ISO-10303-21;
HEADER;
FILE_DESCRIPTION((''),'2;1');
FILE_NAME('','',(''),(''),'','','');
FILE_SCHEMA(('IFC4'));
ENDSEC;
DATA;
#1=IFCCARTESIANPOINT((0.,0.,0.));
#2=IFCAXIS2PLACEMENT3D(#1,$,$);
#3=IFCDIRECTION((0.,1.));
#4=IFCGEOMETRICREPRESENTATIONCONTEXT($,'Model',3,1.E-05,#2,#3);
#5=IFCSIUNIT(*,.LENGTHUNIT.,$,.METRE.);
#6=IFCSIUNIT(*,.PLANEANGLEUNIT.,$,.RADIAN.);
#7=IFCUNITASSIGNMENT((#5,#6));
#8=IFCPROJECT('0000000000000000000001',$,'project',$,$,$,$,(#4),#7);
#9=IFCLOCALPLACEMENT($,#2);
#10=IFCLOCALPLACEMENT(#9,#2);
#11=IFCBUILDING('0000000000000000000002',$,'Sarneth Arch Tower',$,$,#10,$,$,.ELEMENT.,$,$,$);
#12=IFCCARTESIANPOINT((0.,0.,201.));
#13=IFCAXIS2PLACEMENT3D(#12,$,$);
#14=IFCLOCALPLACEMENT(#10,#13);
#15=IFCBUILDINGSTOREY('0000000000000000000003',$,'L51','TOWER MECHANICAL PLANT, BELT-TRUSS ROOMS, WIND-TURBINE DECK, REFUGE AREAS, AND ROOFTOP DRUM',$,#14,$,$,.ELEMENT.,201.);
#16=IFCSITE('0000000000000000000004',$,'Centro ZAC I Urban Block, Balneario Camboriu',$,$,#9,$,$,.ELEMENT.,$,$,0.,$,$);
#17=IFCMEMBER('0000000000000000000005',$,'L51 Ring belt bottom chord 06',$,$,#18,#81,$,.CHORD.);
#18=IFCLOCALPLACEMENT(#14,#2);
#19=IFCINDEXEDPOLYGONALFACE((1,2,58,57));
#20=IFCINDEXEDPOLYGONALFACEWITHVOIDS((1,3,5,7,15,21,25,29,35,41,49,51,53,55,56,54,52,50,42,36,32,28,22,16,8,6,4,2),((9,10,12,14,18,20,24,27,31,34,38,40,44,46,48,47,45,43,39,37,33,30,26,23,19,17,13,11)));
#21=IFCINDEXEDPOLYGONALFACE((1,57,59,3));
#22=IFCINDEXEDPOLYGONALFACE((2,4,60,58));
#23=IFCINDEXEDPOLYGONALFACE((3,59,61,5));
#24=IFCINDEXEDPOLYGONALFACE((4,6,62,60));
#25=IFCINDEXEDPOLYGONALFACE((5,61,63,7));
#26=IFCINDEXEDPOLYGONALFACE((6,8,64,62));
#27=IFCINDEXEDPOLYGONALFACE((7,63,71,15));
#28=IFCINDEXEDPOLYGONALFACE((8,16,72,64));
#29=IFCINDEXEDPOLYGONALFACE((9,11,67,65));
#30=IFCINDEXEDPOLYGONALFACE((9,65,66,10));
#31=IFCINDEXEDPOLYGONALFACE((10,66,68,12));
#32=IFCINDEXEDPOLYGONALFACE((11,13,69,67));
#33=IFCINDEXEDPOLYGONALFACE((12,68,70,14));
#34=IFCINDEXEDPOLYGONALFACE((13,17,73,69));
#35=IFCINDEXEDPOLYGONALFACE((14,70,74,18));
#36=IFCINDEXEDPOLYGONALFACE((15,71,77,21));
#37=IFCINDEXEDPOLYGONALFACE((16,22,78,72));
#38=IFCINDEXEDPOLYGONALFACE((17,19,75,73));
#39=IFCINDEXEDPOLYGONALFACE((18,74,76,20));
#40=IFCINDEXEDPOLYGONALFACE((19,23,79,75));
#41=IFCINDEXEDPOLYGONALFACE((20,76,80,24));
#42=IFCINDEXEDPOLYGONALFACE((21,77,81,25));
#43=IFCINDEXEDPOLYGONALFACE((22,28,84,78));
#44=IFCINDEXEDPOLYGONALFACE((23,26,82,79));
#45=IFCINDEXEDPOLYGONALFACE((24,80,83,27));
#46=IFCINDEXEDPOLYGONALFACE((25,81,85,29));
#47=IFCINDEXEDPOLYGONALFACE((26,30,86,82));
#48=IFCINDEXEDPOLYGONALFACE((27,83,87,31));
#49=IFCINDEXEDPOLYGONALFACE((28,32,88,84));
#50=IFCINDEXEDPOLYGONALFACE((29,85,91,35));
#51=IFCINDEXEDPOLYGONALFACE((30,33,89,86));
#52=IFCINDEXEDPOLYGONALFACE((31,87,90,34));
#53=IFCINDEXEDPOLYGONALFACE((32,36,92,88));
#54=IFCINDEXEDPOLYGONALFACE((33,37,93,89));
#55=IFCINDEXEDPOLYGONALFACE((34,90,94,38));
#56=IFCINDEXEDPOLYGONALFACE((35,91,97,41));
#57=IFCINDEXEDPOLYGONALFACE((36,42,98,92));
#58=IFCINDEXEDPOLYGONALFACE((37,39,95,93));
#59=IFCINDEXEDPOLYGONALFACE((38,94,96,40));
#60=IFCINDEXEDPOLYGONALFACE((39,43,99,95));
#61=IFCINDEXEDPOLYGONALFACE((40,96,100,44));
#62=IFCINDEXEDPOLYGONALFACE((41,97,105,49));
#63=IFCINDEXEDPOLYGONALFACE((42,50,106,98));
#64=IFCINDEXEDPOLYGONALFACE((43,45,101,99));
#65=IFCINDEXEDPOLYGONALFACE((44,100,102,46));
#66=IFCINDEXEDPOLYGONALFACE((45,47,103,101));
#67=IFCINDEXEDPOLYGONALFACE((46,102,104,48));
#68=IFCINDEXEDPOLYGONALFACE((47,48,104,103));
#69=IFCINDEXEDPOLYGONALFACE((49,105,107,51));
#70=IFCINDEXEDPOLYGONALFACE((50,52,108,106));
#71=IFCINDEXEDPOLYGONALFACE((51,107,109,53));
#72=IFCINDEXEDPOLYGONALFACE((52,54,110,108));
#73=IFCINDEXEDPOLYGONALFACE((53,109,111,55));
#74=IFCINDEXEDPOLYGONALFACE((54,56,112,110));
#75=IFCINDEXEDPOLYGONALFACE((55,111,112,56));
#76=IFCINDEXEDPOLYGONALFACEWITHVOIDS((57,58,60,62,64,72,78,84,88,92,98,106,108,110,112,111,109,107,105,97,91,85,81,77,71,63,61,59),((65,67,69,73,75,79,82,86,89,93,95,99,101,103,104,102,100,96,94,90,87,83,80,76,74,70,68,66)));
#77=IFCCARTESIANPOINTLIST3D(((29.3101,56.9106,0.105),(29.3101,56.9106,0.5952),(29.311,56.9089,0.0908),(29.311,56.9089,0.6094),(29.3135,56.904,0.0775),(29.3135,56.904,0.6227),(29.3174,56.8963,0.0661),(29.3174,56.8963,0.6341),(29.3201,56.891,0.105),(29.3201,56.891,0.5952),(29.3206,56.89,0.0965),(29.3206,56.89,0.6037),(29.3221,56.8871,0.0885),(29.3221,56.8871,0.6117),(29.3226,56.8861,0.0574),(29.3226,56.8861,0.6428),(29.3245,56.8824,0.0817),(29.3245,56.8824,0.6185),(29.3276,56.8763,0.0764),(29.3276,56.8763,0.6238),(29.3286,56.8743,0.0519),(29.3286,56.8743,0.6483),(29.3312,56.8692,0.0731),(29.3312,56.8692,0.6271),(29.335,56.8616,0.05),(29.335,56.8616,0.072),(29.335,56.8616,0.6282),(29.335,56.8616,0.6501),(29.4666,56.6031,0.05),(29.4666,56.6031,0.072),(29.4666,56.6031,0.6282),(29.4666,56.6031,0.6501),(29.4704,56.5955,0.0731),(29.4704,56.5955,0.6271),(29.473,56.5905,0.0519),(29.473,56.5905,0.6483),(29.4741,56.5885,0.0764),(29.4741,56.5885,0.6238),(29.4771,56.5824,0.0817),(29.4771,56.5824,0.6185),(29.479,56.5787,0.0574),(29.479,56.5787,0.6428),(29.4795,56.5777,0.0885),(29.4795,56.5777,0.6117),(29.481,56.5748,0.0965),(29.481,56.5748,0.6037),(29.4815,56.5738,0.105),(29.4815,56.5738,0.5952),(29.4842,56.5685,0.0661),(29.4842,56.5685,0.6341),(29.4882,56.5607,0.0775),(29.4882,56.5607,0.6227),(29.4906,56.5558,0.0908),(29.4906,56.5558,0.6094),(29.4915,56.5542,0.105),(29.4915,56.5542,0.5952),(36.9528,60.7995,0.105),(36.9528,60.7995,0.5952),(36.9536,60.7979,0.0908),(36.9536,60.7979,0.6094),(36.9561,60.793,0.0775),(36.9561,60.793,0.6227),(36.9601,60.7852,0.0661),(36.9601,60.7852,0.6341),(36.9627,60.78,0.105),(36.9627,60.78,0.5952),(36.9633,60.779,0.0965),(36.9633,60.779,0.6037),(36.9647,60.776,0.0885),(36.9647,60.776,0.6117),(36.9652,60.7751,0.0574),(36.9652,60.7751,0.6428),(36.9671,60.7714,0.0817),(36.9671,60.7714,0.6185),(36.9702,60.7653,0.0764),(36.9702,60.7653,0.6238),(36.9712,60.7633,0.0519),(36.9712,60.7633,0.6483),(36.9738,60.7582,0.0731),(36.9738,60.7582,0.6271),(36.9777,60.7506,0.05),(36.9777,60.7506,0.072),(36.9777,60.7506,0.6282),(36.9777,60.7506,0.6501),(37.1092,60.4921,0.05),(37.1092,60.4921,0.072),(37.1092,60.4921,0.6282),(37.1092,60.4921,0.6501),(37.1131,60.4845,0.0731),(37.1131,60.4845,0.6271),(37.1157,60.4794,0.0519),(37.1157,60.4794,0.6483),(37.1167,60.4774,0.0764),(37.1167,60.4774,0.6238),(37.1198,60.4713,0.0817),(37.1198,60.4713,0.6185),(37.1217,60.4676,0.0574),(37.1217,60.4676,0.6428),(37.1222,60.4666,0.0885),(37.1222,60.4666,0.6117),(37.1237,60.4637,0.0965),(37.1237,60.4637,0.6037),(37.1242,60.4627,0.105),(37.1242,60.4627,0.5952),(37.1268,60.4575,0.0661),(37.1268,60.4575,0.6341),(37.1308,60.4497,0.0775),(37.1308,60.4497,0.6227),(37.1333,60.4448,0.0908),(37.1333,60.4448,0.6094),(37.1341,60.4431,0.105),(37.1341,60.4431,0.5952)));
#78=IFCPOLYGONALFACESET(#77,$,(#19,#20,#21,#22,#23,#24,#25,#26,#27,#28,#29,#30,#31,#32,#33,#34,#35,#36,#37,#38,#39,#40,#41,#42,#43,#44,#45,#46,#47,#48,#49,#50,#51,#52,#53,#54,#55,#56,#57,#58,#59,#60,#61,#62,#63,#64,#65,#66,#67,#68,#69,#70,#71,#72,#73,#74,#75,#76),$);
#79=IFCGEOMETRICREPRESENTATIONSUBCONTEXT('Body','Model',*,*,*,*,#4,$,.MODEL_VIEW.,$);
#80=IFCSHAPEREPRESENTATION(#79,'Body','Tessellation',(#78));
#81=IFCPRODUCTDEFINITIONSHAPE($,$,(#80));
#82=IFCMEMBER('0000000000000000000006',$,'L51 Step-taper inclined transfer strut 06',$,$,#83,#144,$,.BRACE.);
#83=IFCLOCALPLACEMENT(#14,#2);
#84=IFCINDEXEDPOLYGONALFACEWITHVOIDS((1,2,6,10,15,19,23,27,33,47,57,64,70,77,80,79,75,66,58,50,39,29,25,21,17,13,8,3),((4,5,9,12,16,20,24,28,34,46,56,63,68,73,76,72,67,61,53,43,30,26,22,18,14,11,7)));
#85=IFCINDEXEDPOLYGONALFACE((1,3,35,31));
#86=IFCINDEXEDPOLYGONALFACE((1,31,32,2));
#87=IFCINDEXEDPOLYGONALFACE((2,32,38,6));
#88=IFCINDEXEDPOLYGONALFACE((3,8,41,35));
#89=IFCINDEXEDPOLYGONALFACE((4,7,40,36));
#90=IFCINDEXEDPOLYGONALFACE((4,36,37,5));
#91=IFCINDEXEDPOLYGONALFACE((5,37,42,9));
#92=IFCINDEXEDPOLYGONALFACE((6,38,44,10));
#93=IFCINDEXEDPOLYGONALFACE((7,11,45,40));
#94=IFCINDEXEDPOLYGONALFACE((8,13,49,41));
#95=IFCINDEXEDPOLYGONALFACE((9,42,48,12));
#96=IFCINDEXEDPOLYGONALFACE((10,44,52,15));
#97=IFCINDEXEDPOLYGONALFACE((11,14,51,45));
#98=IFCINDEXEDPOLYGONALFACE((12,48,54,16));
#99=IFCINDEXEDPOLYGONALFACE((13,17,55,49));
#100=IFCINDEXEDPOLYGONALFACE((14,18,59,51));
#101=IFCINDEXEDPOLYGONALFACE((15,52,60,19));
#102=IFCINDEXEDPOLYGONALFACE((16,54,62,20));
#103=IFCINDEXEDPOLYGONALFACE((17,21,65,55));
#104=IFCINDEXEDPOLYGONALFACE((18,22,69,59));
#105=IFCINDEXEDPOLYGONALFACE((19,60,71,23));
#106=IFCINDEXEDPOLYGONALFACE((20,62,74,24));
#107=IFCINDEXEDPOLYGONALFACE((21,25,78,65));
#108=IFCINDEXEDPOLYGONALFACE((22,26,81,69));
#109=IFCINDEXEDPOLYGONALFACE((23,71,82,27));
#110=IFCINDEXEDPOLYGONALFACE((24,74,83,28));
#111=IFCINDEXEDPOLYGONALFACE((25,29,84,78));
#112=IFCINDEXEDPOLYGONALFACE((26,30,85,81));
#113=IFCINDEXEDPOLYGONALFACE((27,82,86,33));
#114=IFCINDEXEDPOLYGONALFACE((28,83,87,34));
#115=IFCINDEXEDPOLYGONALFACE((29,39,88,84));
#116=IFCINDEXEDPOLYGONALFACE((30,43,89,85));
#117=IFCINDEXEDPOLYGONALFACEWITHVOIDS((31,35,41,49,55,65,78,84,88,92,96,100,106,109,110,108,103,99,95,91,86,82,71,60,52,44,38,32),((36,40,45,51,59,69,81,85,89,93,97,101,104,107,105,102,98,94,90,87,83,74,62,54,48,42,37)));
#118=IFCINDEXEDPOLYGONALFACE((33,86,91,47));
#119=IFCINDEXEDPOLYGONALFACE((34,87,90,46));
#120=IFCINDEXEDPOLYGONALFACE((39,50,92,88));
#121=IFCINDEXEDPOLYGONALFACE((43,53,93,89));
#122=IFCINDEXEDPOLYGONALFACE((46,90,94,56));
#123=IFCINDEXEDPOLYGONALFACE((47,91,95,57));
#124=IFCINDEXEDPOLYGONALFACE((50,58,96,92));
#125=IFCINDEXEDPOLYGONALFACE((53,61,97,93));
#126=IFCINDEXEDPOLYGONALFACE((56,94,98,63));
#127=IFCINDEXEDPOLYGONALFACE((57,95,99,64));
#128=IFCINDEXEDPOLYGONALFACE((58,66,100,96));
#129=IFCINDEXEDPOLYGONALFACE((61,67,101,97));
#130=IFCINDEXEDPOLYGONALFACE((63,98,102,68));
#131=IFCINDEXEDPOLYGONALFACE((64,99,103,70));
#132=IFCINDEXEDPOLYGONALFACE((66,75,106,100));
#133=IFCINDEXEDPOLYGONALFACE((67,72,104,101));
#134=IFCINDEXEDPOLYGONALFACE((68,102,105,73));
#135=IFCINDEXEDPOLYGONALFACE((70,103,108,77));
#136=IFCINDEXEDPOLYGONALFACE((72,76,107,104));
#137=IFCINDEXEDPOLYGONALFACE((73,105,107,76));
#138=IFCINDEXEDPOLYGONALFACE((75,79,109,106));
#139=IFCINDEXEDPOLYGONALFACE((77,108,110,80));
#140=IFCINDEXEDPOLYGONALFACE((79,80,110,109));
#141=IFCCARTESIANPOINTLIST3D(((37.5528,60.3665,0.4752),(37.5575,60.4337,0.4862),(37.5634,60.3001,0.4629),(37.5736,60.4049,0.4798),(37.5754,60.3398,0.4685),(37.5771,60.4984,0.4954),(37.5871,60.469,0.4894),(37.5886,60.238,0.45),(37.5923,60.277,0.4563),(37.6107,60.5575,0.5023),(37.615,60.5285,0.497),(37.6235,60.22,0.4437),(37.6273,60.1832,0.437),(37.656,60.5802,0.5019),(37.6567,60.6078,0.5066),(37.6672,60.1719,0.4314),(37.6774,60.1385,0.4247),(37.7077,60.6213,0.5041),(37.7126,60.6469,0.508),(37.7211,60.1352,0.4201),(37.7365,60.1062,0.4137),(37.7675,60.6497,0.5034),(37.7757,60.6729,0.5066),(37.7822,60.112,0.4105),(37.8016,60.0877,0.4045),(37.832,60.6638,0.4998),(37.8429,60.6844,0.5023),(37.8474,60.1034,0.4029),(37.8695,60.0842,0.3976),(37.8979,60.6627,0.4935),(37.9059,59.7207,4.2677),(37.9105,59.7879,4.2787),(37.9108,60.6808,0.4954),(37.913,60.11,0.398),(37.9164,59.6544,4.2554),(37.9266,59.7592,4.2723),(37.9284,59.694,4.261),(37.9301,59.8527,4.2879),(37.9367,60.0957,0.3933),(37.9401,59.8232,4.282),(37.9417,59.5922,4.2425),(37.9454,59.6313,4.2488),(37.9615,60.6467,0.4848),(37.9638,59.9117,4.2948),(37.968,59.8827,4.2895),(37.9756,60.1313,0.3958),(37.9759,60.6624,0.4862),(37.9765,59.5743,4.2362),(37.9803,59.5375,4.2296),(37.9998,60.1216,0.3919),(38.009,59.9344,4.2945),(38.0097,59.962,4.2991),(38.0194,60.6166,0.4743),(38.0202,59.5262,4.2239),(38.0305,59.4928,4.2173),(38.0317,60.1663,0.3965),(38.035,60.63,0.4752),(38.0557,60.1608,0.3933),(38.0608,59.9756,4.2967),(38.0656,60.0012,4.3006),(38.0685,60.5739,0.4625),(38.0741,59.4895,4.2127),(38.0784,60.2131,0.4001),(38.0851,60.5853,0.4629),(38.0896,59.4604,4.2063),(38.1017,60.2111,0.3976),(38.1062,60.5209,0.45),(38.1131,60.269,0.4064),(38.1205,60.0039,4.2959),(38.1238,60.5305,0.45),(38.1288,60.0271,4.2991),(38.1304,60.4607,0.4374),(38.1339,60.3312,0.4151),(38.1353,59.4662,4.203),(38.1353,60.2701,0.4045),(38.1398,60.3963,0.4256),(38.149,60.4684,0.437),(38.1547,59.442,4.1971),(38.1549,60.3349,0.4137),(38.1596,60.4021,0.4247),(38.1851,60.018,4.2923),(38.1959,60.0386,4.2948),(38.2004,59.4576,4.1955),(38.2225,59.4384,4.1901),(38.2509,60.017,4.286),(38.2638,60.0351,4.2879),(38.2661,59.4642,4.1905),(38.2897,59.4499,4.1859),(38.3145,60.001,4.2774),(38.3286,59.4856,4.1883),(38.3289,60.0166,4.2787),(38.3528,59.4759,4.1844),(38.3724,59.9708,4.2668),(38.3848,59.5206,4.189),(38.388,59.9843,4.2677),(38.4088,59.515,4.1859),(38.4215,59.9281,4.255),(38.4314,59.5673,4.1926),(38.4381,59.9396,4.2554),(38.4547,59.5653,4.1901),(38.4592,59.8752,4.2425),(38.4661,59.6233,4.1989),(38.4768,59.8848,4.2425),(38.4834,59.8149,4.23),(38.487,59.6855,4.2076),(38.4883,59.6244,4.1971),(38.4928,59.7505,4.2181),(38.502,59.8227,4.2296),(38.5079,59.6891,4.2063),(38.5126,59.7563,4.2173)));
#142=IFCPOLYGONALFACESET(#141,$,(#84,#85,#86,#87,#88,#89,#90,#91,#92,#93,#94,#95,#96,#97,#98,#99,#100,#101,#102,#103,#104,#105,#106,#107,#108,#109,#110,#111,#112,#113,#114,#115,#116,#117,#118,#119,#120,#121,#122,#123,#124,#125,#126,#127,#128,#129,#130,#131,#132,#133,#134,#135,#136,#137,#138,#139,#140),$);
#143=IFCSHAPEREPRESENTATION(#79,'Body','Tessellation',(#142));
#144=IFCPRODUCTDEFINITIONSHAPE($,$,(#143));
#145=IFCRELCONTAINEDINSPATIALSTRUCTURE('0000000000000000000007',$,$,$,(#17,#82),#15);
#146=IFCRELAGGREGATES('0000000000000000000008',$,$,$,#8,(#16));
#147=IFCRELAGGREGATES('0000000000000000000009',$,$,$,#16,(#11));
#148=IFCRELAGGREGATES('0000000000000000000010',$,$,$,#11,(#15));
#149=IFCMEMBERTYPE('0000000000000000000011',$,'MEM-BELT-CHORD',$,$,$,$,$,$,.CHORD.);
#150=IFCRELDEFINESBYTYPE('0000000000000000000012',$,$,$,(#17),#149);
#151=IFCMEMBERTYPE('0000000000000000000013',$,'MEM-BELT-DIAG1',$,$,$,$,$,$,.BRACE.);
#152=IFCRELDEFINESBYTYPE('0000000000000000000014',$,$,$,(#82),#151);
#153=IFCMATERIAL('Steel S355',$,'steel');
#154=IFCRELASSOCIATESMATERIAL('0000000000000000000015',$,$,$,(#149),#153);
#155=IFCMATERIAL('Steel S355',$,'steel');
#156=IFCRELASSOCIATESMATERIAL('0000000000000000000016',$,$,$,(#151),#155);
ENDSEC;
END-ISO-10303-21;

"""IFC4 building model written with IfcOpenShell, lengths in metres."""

from ifc_helpers import new_model, si_unit, direction, frame, origin, origin_2d, place, context, subcontext, project, spatial, hollow_rectangle, hollow_circle, extrude, material, material_profile, profile_set, type_object, element, save


model = new_model("IFC4")

# Units and contexts
model_context = context("Model", 3, precision=1e-05, world=origin(), true_north=direction((0.0, 1.0)))
body_context = subcontext(model_context, "Body", "Model", "MODEL_VIEW")
ifc_project = project(units=[si_unit("LENGTHUNIT", "METRE"), si_unit("PLANEANGLEUNIT", "RADIAN")], contexts=[model_context])

# Site, building, storey
site_placement = place(None, origin())
site = spatial("IfcSite", under=ifc_project, at=site_placement, Name="Centro ZAC I Urban Block, Balneario Camboriu", CompositionType="ELEMENT", RefElevation=0.0)
building_placement = place(site_placement, origin())
building = spatial("IfcBuilding", under=site, at=building_placement, Name="Sarneth Arch Tower", CompositionType="ELEMENT")
storey_placement = place(building_placement, frame((0.0, 0.0, 201.0)))
storey = spatial("IfcBuildingStorey", under=building, at=storey_placement, Name="L51", Description="TOWER MECHANICAL PLANT, BELT-TRUSS ROOMS, WIND-TURBINE DECK, REFUGE AREAS, AND ROOFTOP DRUM", CompositionType="ELEMENT", Elevation=201.0)

# Members
ifc_material_1 = material(Name="Steel S355", Category="steel")
ifc_material_profile_1 = material_profile(ifc_material_1, hollow_rectangle(XDim=0.3999, YDim=0.6001, WallThickness=0.022, InnerFilletRadius=0.033, OuterFilletRadius=0.0549, at=origin_2d()), Name="RHS600x400x22")
ifc_profile_set_1 = profile_set([ifc_material_profile_1], Name="Steel S355")
member_type_1 = type_object("IfcMemberType", Name="MEM-BELT-CHORD", PredefinedType="CHORD", material=ifc_profile_set_1)
member_1_placement = place(storey_placement, frame((37.0435, 60.6213, 0.3501), z_axis=(-0.89125, -0.453512, 0.0), x_axis=(0.453512, -0.89125, 0.0)))
element("IfcMember", 1, at=member_1_placement, inside=storey, type_object=member_type_1, Name="L51 Ring belt bottom chord 06", PredefinedType="CHORD", context=body_context, shape_type="SweptSolid", body=[
    extrude(hollow_rectangle(XDim=0.3999, YDim=0.6001, WallThickness=0.022, InnerFilletRadius=0.033, OuterFilletRadius=0.0549, at=origin_2d()), origin(), (0.0, 0.0, 1.0), 8.5752),
])
ifc_material_2 = material(Name="Steel S355", Category="steel")
ifc_material_profile_2 = material_profile(ifc_material_2, hollow_circle(Radius=0.3049, WallThickness=0.02, at=origin_2d()), Name="CHS610x20")
ifc_profile_set_2 = profile_set([ifc_material_profile_2], Name="Steel S355")
member_type_2 = type_object("IfcMemberType", Name="MEM-BELT-DIAG1", PredefinedType="BRACE", material=ifc_profile_set_2)
member_2_placement = place(storey_placement, frame((37.8562, 60.3843, 0.45), z_axis=(0.091381, -0.167153, 0.981687), x_axis=(0.877439, 0.479689, 0.0)))
element("IfcMember", 2, at=member_2_placement, inside=storey, type_object=member_type_2, Name="L51 Step-taper inclined transfer strut 06", PredefinedType="BRACE", context=body_context, shape_type="SweptSolid", body=[
    extrude(hollow_circle(Radius=0.3049, WallThickness=0.02, at=origin_2d()), origin(), (0.0, 0.0, 1.0), 3.8633),
])

save(model, "model.ifc")
